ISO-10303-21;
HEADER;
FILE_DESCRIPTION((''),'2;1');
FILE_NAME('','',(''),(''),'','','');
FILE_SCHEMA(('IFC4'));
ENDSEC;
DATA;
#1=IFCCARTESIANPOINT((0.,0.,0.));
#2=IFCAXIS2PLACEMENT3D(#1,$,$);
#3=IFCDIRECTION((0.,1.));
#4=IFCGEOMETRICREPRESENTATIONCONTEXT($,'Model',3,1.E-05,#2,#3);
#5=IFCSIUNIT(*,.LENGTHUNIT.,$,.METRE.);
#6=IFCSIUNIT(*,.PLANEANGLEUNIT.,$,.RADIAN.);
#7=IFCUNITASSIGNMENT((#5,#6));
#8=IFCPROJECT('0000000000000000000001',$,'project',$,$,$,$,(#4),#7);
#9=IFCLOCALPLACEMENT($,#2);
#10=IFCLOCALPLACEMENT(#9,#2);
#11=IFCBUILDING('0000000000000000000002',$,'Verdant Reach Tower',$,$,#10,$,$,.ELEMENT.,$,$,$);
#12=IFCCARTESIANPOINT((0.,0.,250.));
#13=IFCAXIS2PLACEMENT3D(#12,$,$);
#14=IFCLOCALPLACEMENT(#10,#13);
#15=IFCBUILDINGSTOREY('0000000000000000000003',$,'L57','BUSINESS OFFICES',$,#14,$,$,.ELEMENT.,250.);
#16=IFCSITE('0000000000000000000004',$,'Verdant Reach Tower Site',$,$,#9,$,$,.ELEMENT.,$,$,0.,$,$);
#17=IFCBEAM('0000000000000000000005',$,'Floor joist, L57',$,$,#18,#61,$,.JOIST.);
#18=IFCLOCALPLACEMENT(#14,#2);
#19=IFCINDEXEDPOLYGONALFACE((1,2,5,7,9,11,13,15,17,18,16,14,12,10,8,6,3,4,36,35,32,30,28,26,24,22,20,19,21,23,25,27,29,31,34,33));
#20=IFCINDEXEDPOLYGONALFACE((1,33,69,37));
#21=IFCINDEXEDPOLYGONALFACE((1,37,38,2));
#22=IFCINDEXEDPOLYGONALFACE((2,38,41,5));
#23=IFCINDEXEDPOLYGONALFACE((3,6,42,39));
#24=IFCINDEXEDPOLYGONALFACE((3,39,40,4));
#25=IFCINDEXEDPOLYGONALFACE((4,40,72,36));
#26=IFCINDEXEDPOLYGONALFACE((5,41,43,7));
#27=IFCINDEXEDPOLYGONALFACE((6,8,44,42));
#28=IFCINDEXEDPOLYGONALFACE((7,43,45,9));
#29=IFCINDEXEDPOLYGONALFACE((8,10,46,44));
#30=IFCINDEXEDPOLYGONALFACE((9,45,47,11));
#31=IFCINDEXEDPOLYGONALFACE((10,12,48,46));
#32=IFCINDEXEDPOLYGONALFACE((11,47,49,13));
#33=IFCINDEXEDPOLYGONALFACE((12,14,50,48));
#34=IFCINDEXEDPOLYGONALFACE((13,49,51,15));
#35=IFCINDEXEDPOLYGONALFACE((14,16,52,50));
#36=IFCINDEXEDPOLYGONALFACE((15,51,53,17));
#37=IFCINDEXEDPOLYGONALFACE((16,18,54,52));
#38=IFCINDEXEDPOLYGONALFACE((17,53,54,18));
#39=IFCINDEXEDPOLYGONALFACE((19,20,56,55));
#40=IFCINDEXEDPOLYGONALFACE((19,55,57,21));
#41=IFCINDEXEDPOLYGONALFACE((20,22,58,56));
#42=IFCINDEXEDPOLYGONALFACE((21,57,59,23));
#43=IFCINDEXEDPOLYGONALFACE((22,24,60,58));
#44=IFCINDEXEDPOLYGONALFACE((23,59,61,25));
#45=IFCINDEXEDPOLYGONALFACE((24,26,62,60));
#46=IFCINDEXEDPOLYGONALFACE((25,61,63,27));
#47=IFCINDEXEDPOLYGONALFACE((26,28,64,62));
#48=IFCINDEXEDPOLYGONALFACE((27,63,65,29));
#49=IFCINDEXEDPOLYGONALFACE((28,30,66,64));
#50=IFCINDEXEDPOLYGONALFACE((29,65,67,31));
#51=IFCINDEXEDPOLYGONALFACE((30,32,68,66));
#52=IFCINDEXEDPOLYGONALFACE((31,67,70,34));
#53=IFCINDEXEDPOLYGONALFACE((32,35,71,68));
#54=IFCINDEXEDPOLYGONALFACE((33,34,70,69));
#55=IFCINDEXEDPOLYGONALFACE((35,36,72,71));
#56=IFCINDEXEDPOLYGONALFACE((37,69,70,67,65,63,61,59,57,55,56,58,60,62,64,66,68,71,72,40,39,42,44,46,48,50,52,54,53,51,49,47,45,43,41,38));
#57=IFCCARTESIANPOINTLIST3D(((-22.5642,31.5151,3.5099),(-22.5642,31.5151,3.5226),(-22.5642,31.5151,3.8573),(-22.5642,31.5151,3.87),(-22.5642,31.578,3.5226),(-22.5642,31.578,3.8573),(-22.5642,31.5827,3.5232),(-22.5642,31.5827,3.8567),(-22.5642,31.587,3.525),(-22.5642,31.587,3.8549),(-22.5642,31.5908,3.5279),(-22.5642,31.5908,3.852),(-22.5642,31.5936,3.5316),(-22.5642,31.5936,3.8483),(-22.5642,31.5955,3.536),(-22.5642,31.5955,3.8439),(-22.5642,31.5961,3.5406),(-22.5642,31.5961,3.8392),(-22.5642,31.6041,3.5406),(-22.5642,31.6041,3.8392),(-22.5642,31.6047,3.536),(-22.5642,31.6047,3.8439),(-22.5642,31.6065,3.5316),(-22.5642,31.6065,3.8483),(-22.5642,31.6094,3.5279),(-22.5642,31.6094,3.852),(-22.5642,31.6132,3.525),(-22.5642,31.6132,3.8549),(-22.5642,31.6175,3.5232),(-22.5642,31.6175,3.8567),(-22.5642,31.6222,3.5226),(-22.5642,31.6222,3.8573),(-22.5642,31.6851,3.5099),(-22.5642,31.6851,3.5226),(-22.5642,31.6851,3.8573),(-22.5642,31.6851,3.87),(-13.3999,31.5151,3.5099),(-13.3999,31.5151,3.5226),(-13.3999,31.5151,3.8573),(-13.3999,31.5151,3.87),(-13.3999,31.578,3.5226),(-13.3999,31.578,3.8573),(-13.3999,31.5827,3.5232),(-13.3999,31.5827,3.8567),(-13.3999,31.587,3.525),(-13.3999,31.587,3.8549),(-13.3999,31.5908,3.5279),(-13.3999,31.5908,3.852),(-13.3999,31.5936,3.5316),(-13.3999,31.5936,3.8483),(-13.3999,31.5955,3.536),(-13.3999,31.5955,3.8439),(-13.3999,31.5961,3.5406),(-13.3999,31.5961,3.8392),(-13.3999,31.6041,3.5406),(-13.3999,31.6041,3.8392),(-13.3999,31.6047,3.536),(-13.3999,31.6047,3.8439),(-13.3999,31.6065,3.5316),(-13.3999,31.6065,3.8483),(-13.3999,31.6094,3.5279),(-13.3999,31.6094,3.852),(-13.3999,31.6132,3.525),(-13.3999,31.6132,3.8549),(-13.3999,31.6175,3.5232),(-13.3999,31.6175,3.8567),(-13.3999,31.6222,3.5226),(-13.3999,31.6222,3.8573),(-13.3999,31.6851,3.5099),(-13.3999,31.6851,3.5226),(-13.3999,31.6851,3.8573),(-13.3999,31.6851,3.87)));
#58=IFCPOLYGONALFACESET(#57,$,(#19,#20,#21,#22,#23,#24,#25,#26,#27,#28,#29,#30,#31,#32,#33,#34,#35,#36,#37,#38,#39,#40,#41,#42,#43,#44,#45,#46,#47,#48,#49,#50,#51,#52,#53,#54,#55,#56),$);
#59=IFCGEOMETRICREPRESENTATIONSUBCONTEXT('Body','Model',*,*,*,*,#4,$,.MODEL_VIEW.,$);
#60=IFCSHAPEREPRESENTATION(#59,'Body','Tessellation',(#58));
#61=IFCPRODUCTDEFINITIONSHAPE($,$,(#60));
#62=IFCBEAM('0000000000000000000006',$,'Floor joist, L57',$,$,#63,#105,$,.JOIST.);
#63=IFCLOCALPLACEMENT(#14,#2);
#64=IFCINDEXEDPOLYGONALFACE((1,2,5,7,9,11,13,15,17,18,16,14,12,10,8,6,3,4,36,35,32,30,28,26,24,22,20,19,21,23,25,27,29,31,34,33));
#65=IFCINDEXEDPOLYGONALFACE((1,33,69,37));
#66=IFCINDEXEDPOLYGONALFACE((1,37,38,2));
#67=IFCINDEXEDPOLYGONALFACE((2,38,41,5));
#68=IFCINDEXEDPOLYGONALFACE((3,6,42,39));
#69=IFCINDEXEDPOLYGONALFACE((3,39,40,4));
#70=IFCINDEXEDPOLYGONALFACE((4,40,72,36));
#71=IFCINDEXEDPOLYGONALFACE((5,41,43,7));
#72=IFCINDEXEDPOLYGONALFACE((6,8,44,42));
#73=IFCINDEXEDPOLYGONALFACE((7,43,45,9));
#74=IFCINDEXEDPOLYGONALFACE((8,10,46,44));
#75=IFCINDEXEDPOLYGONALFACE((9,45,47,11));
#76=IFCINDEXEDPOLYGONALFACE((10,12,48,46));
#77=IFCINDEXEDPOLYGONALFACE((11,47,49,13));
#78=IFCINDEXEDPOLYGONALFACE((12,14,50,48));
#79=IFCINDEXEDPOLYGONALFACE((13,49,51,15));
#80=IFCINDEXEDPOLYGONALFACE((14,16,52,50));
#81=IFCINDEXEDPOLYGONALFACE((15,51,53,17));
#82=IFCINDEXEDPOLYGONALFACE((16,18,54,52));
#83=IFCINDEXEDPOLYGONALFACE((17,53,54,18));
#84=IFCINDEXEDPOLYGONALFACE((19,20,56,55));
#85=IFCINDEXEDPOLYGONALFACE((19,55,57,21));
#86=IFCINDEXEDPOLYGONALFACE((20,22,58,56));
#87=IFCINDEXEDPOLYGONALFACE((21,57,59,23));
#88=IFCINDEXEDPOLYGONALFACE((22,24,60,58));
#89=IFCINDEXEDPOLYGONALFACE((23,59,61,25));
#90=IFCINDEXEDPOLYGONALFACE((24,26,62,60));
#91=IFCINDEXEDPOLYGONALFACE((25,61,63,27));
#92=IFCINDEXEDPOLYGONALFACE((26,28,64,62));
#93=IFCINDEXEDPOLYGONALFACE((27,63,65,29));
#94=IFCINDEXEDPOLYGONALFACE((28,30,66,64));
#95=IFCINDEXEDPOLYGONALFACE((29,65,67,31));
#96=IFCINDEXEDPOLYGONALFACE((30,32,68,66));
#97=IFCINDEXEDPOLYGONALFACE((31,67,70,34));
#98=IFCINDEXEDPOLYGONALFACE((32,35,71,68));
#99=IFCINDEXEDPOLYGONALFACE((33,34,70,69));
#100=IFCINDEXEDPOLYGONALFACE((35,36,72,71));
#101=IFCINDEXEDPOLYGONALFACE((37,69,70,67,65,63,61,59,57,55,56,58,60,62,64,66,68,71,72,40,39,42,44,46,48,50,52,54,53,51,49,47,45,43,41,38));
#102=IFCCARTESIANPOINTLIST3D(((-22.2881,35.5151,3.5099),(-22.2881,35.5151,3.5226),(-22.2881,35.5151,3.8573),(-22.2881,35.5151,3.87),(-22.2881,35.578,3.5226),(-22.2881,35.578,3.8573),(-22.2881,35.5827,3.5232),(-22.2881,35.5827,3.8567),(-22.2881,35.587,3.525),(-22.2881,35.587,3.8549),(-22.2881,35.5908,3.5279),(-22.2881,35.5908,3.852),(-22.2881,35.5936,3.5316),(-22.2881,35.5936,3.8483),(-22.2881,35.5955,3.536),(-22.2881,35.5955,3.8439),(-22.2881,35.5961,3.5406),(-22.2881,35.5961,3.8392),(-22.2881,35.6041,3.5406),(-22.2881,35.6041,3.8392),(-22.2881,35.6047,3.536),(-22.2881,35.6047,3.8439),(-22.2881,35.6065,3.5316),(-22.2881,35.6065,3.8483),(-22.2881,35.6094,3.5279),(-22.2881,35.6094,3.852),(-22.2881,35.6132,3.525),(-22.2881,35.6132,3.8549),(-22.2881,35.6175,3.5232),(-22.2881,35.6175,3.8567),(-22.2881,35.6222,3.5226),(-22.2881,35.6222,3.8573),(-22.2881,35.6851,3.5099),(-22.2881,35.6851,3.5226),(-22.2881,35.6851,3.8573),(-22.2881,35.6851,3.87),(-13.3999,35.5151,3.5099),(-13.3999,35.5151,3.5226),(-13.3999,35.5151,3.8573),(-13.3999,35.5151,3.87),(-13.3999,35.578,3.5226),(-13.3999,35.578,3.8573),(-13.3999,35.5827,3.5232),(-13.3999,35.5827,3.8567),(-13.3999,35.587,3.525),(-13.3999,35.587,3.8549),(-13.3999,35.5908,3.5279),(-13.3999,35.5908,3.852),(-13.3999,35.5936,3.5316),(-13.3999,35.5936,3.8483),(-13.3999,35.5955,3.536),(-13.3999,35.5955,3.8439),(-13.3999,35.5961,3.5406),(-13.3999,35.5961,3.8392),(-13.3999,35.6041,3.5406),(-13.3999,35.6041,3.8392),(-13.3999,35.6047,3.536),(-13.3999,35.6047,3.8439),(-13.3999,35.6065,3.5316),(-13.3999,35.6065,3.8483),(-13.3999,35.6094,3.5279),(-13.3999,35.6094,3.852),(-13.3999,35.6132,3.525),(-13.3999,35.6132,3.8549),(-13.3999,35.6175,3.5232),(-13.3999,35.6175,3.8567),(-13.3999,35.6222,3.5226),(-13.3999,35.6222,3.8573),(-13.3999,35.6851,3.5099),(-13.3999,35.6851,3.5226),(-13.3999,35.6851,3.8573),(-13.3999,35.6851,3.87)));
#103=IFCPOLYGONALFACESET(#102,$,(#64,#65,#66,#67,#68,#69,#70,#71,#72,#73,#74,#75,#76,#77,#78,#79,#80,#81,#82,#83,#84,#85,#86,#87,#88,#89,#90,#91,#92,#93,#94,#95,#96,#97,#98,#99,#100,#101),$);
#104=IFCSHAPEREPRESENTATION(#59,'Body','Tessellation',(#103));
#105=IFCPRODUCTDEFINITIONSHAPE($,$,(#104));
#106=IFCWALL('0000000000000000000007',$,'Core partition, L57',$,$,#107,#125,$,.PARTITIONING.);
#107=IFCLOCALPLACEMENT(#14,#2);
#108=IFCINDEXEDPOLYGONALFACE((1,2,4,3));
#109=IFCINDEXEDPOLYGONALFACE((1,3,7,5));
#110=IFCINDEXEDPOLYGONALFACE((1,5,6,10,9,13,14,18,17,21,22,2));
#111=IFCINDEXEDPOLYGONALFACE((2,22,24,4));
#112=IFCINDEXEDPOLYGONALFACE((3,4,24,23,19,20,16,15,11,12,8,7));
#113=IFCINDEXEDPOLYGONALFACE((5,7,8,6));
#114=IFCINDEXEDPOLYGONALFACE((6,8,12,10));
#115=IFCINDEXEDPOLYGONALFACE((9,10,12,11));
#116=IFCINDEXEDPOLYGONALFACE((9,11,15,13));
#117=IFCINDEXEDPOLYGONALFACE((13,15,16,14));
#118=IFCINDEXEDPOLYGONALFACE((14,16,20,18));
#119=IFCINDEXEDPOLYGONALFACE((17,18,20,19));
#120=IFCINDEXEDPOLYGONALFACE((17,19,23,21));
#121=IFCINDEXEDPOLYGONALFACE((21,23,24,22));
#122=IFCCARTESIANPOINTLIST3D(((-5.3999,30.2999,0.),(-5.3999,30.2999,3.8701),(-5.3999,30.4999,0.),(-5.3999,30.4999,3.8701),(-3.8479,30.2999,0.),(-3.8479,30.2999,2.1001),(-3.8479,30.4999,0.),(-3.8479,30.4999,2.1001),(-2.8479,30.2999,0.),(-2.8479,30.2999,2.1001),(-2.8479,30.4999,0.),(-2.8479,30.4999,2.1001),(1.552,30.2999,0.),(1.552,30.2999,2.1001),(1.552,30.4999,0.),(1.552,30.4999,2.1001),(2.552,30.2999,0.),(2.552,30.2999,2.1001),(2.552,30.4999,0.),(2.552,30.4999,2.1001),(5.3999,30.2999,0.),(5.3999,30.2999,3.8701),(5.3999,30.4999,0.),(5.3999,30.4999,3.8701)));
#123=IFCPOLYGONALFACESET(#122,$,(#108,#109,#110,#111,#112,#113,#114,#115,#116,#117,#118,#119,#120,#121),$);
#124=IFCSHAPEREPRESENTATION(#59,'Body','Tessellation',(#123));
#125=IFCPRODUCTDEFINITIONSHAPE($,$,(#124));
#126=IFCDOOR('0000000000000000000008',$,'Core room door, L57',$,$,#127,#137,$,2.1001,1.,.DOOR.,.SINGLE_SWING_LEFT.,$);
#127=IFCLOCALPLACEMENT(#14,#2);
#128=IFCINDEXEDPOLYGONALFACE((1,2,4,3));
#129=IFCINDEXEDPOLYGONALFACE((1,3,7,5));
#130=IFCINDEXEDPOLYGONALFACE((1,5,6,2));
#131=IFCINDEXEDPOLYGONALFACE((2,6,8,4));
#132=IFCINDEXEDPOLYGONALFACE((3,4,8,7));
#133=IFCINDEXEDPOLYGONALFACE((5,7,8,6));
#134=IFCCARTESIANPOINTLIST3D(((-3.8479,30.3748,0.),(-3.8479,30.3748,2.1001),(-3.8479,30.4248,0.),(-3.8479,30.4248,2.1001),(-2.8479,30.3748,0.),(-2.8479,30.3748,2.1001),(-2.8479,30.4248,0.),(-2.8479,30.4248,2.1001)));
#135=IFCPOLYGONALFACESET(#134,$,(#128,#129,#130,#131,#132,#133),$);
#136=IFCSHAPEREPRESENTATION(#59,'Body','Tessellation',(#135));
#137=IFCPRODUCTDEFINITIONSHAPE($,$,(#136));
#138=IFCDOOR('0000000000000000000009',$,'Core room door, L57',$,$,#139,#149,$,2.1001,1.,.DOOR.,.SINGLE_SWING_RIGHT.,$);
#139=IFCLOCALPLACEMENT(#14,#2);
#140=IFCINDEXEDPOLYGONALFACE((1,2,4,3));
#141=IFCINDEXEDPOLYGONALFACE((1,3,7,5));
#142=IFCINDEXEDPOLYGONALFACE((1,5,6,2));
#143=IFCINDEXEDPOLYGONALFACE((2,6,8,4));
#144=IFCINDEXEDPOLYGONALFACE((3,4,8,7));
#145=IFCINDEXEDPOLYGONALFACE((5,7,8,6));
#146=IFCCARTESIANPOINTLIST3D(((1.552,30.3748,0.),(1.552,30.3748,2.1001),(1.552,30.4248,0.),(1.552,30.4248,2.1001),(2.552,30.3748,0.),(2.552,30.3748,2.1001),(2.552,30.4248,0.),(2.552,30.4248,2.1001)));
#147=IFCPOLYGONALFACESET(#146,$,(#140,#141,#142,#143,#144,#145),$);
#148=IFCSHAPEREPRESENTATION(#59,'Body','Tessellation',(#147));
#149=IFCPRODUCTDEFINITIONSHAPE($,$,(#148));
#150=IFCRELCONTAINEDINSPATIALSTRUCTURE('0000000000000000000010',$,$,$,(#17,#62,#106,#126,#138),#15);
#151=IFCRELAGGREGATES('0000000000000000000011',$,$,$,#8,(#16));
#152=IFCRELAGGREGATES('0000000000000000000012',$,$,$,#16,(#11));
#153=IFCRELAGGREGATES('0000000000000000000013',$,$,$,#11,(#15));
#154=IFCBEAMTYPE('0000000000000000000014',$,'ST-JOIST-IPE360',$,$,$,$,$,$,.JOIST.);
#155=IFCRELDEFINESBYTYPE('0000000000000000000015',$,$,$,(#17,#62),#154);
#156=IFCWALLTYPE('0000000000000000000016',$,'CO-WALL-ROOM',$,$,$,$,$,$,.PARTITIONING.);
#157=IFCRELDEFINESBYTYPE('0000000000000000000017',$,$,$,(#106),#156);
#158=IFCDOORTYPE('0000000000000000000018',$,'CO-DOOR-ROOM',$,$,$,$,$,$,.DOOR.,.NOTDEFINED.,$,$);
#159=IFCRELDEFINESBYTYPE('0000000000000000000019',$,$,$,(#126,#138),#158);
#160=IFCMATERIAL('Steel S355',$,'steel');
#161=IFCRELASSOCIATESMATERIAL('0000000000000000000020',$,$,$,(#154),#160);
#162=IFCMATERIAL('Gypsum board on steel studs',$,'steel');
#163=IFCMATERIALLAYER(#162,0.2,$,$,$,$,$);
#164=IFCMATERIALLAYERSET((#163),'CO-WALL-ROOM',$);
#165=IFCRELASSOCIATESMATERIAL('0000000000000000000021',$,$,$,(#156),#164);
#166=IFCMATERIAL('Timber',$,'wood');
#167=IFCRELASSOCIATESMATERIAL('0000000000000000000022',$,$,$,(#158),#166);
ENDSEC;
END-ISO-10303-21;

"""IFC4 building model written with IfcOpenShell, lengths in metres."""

from ifc_helpers import new_model, si_unit, direction, frame, frame_2d, origin, origin_2d, place, context, subcontext, project, spatial, rectangle, i_section, extrude, material, layer, layer_set, material_profile, profile_set, type_object, element, fill, save


model = new_model("IFC4")

# Units and contexts
model_context = context("Model", 3, precision=1e-05, world=origin(), true_north=direction((0.0, 1.0)))
body_context = subcontext(model_context, "Body", "Model", "MODEL_VIEW")
ifc_project = project(units=[si_unit("LENGTHUNIT", "METRE"), si_unit("PLANEANGLEUNIT", "RADIAN")], contexts=[model_context])

# Site, building, storey
site_placement = place(None, origin())
site = spatial("IfcSite", under=ifc_project, at=site_placement, Name="Verdant Reach Tower Site", CompositionType="ELEMENT", RefElevation=0.0)
building_placement = place(site_placement, origin())
building = spatial("IfcBuilding", under=site, at=building_placement, Name="Verdant Reach Tower", CompositionType="ELEMENT")
storey_placement = place(building_placement, frame((0.0, 0.0, 250.0)))
storey = spatial("IfcBuildingStorey", under=building, at=storey_placement, Name="L57", Description="BUSINESS OFFICES", CompositionType="ELEMENT", Elevation=250.0)

# Beams
ifc_material_1 = material(Name="Steel S355", Category="steel")
ifc_material_profile = material_profile(ifc_material_1, i_section(OverallWidth=0.1699, OverallDepth=0.3601, WebThickness=0.0081, FlangeThickness=0.0127, FilletRadius=0.0181, at=origin_2d()), Name="IPE 360")
ifc_profile_set = profile_set([ifc_material_profile], Name="Steel S355")
beam_type = type_object("IfcBeamType", Name="ST-JOIST-IPE360", PredefinedType="JOIST", material=ifc_profile_set)
beam_1_placement = place(storey_placement, frame((-13.3999, 31.6001, 3.6899), z_axis=(-1.0, 0.0, 0.0), x_axis=(0.0, -1.0, 0.0)))
element("IfcBeam", 1, at=beam_1_placement, inside=storey, type_object=beam_type, Name="Floor joist, L57", PredefinedType="JOIST", context=body_context, shape_type="SweptSolid", body=[
    extrude(i_section(OverallWidth=0.1699, OverallDepth=0.3601, WebThickness=0.0081, FlangeThickness=0.0127, FilletRadius=0.0181, at=origin_2d()), origin(), (0.0, 0.0, 1.0), 9.1643),
])
beam_2_placement = place(storey_placement, frame((-13.3999, 35.6001, 3.6899), z_axis=(-1.0, 0.0, 0.0), x_axis=(0.0, -1.0, 0.0)))
element("IfcBeam", 2, at=beam_2_placement, inside=storey, type_object=beam_type, Name="Floor joist, L57", PredefinedType="JOIST", context=body_context, shape_type="SweptSolid", body=[
    extrude(i_section(OverallWidth=0.1699, OverallDepth=0.3601, WebThickness=0.0081, FlangeThickness=0.0127, FilletRadius=0.0181, at=origin_2d()), origin(), (0.0, 0.0, 1.0), 8.8882),
])

# Wall, openings, doors
ifc_material_2 = material(Name="Gypsum board on steel studs", Category="steel")
ifc_layer_1 = layer(ifc_material_2, 0.2)
ifc_layer_set_1 = layer_set([ifc_layer_1], Name="CO-WALL-ROOM")
wall_type_1 = type_object("IfcWallType", Name="CO-WALL-ROOM", PredefinedType="PARTITIONING", material=ifc_layer_set_1)
wall_1_placement = place(storey_placement, frame((-5.3999, 30.3999, 0.0), z_axis=(0.0, 0.0, 1.0), x_axis=(1.0, 0.0, 0.0)))
wall_1 = element("IfcWall", 3, at=wall_1_placement, inside=storey, type_object=wall_type_1, Name="Core partition, L57", PredefinedType="PARTITIONING", context=body_context, shape_type="SweptSolid", body=[
    extrude(rectangle(XDim=10.7998, YDim=0.2, at=frame_2d((5.3999, 0.0))), origin(), (0.0, 0.0, 1.0), 3.8701),
])
opening_1_placement = place(wall_1_placement, frame((1.552, 0.0, 0.0)))
opening_1 = element("IfcOpeningElement", 4, at=opening_1_placement, cuts=wall_1, PredefinedType="OPENING", context=body_context, shape_type="SweptSolid", body=[
    extrude(rectangle(XDim=1.0, YDim=2.1001, at=frame_2d((0.5, 1.05))), frame((0.0, 0.1099, 0.0), z_axis=(0.0, -1.0, 0.0), x_axis=(1.0, 0.0, 0.0)), (0.0, 0.0, 1.0), 0.22),
])
opening_2_placement = place(wall_1_placement, frame((6.9519, 0.0, 0.0)))
opening_2 = element("IfcOpeningElement", 5, at=opening_2_placement, cuts=wall_1, PredefinedType="OPENING", context=body_context, shape_type="SweptSolid", body=[
    extrude(rectangle(XDim=1.0, YDim=2.1001, at=frame_2d((0.5, 1.05))), frame((0.0, 0.1099, 0.0), z_axis=(0.0, -1.0, 0.0), x_axis=(1.0, 0.0, 0.0)), (0.0, 0.0, 1.0), 0.22),
])
ifc_material_3 = material(Name="Timber", Category="wood")
door_type_1 = type_object("IfcDoorType", Name="CO-DOOR-ROOM", OperationType="NOTDEFINED", PredefinedType="DOOR", material=ifc_material_3)
door_1_placement = place(opening_1_placement, origin())
door_1 = element("IfcDoor", 6, at=door_1_placement, inside=storey, type_object=door_type_1, Name="Core room door, L57", OperationType="SINGLE_SWING_LEFT", OverallHeight=2.1001, OverallWidth=1.0, PredefinedType="DOOR", context=body_context, shape_type="SweptSolid", body=[
    extrude(rectangle(XDim=1.0, YDim=2.1001, at=frame_2d((0.5, 1.05))), frame((0.0, 0.0249, 0.0), z_axis=(0.0, -1.0, 0.0), x_axis=(1.0, 0.0, 0.0)), (0.0, 0.0, 1.0), 0.05),
])
fill(opening_1, door_1)
door_2_placement = place(opening_2_placement, origin())
door_2 = element("IfcDoor", 7, at=door_2_placement, inside=storey, type_object=door_type_1, Name="Core room door, L57", OperationType="SINGLE_SWING_RIGHT", OverallHeight=2.1001, OverallWidth=1.0, PredefinedType="DOOR", context=body_context, shape_type="SweptSolid", body=[
    extrude(rectangle(XDim=1.0, YDim=2.1001, at=frame_2d((0.5, 1.05))), frame((0.0, 0.0249, 0.0), z_axis=(0.0, -1.0, 0.0), x_axis=(1.0, 0.0, 0.0)), (0.0, 0.0, 1.0), 0.05),
])
fill(opening_2, door_2)

save(model, "model.ifc")
